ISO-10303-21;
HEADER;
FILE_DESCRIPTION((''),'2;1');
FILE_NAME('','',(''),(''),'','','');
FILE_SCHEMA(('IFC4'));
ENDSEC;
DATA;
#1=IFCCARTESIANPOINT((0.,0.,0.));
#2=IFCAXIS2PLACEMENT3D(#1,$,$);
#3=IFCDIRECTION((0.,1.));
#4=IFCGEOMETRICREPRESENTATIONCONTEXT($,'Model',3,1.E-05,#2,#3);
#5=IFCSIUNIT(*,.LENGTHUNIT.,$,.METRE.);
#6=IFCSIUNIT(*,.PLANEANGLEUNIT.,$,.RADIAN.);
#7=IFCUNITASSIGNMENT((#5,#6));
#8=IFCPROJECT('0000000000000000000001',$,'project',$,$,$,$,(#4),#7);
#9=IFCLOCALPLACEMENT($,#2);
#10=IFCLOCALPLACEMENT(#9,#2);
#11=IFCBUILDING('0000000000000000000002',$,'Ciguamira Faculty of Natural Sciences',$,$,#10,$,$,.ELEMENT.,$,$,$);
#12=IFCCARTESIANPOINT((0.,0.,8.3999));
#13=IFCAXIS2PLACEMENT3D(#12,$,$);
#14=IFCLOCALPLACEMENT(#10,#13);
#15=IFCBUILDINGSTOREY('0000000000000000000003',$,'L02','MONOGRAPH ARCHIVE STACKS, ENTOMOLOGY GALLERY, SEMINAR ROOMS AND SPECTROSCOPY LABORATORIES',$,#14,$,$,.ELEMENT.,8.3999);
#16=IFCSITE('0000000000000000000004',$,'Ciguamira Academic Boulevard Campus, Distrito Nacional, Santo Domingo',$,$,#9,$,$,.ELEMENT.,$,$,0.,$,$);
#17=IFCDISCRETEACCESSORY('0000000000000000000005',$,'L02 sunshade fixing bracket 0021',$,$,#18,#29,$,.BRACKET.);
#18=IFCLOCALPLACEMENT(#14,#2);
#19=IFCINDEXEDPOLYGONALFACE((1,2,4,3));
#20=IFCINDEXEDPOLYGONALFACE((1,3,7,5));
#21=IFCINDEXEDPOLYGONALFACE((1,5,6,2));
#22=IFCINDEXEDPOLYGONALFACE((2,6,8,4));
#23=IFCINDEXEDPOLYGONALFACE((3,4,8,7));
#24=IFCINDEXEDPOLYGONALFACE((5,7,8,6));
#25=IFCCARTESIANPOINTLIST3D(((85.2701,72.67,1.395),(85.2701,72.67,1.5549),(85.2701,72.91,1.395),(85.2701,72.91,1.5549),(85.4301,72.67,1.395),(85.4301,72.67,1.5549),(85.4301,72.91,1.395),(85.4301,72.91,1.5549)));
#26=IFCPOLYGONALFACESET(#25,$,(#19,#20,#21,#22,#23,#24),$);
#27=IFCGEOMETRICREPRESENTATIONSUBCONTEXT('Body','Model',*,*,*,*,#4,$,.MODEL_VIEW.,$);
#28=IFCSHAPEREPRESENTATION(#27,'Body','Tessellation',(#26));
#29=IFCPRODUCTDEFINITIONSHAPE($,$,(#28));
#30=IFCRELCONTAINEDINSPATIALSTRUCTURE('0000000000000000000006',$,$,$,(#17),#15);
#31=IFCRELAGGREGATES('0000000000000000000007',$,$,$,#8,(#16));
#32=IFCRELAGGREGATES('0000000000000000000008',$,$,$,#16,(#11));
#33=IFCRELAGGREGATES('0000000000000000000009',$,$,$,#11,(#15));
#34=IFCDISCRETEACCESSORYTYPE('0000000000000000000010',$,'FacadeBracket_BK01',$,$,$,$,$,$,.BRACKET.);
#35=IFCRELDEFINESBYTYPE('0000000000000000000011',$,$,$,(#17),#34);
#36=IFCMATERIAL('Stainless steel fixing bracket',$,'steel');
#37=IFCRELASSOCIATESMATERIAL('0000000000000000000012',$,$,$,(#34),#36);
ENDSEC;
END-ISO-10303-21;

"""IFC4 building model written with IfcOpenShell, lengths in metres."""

from ifc_helpers import new_model, si_unit, direction, frame, origin, origin_2d, place, context, subcontext, project, spatial, rectangle, extrude, material, type_object, element, save


model = new_model("IFC4")

# Units and contexts
model_context = context("Model", 3, precision=1e-05, world=origin(), true_north=direction((0.0, 1.0)))
body_context = subcontext(model_context, "Body", "Model", "MODEL_VIEW")
ifc_project = project(units=[si_unit("LENGTHUNIT", "METRE"), si_unit("PLANEANGLEUNIT", "RADIAN")], contexts=[model_context])

# Site, building, storey
site_placement = place(None, origin())
site = spatial("IfcSite", under=ifc_project, at=site_placement, Name="Ciguamira Academic Boulevard Campus, Distrito Nacional, Santo Domingo", CompositionType="ELEMENT", RefElevation=0.0)
building_placement = place(site_placement, origin())
building = spatial("IfcBuilding", under=site, at=building_placement, Name="Ciguamira Faculty of Natural Sciences", CompositionType="ELEMENT")
storey_placement = place(building_placement, frame((0.0, 0.0, 8.3999)))
storey = spatial("IfcBuildingStorey", under=building, at=storey_placement, Name="L02", Description="MONOGRAPH ARCHIVE STACKS, ENTOMOLOGY GALLERY, SEMINAR ROOMS AND SPECTROSCOPY LABORATORIES", CompositionType="ELEMENT", Elevation=8.3999)

# Discrete accessory
ifc_material_1 = material(Name="Stainless steel fixing bracket", Category="steel")
discrete_accessory_type = type_object("IfcDiscreteAccessoryType", Name="FacadeBracket_BK01", PredefinedType="BRACKET", material=ifc_material_1)
discrete_accessory_placement = place(storey_placement, frame((85.3501, 72.79, 1.395), z_axis=(0.0, 0.0, 1.0), x_axis=(1.0, 0.0, 0.0)))
element("IfcDiscreteAccessory", 1, at=discrete_accessory_placement, inside=storey, type_object=discrete_accessory_type, Name="L02 sunshade fixing bracket 0021", PredefinedType="BRACKET", context=body_context, shape_type="SweptSolid", body=[
    extrude(rectangle(XDim=0.1599, YDim=0.24, at=origin_2d()), origin(), (0.0, 0.0, 1.0), 0.1599),
])

save(model, "model.ifc")
